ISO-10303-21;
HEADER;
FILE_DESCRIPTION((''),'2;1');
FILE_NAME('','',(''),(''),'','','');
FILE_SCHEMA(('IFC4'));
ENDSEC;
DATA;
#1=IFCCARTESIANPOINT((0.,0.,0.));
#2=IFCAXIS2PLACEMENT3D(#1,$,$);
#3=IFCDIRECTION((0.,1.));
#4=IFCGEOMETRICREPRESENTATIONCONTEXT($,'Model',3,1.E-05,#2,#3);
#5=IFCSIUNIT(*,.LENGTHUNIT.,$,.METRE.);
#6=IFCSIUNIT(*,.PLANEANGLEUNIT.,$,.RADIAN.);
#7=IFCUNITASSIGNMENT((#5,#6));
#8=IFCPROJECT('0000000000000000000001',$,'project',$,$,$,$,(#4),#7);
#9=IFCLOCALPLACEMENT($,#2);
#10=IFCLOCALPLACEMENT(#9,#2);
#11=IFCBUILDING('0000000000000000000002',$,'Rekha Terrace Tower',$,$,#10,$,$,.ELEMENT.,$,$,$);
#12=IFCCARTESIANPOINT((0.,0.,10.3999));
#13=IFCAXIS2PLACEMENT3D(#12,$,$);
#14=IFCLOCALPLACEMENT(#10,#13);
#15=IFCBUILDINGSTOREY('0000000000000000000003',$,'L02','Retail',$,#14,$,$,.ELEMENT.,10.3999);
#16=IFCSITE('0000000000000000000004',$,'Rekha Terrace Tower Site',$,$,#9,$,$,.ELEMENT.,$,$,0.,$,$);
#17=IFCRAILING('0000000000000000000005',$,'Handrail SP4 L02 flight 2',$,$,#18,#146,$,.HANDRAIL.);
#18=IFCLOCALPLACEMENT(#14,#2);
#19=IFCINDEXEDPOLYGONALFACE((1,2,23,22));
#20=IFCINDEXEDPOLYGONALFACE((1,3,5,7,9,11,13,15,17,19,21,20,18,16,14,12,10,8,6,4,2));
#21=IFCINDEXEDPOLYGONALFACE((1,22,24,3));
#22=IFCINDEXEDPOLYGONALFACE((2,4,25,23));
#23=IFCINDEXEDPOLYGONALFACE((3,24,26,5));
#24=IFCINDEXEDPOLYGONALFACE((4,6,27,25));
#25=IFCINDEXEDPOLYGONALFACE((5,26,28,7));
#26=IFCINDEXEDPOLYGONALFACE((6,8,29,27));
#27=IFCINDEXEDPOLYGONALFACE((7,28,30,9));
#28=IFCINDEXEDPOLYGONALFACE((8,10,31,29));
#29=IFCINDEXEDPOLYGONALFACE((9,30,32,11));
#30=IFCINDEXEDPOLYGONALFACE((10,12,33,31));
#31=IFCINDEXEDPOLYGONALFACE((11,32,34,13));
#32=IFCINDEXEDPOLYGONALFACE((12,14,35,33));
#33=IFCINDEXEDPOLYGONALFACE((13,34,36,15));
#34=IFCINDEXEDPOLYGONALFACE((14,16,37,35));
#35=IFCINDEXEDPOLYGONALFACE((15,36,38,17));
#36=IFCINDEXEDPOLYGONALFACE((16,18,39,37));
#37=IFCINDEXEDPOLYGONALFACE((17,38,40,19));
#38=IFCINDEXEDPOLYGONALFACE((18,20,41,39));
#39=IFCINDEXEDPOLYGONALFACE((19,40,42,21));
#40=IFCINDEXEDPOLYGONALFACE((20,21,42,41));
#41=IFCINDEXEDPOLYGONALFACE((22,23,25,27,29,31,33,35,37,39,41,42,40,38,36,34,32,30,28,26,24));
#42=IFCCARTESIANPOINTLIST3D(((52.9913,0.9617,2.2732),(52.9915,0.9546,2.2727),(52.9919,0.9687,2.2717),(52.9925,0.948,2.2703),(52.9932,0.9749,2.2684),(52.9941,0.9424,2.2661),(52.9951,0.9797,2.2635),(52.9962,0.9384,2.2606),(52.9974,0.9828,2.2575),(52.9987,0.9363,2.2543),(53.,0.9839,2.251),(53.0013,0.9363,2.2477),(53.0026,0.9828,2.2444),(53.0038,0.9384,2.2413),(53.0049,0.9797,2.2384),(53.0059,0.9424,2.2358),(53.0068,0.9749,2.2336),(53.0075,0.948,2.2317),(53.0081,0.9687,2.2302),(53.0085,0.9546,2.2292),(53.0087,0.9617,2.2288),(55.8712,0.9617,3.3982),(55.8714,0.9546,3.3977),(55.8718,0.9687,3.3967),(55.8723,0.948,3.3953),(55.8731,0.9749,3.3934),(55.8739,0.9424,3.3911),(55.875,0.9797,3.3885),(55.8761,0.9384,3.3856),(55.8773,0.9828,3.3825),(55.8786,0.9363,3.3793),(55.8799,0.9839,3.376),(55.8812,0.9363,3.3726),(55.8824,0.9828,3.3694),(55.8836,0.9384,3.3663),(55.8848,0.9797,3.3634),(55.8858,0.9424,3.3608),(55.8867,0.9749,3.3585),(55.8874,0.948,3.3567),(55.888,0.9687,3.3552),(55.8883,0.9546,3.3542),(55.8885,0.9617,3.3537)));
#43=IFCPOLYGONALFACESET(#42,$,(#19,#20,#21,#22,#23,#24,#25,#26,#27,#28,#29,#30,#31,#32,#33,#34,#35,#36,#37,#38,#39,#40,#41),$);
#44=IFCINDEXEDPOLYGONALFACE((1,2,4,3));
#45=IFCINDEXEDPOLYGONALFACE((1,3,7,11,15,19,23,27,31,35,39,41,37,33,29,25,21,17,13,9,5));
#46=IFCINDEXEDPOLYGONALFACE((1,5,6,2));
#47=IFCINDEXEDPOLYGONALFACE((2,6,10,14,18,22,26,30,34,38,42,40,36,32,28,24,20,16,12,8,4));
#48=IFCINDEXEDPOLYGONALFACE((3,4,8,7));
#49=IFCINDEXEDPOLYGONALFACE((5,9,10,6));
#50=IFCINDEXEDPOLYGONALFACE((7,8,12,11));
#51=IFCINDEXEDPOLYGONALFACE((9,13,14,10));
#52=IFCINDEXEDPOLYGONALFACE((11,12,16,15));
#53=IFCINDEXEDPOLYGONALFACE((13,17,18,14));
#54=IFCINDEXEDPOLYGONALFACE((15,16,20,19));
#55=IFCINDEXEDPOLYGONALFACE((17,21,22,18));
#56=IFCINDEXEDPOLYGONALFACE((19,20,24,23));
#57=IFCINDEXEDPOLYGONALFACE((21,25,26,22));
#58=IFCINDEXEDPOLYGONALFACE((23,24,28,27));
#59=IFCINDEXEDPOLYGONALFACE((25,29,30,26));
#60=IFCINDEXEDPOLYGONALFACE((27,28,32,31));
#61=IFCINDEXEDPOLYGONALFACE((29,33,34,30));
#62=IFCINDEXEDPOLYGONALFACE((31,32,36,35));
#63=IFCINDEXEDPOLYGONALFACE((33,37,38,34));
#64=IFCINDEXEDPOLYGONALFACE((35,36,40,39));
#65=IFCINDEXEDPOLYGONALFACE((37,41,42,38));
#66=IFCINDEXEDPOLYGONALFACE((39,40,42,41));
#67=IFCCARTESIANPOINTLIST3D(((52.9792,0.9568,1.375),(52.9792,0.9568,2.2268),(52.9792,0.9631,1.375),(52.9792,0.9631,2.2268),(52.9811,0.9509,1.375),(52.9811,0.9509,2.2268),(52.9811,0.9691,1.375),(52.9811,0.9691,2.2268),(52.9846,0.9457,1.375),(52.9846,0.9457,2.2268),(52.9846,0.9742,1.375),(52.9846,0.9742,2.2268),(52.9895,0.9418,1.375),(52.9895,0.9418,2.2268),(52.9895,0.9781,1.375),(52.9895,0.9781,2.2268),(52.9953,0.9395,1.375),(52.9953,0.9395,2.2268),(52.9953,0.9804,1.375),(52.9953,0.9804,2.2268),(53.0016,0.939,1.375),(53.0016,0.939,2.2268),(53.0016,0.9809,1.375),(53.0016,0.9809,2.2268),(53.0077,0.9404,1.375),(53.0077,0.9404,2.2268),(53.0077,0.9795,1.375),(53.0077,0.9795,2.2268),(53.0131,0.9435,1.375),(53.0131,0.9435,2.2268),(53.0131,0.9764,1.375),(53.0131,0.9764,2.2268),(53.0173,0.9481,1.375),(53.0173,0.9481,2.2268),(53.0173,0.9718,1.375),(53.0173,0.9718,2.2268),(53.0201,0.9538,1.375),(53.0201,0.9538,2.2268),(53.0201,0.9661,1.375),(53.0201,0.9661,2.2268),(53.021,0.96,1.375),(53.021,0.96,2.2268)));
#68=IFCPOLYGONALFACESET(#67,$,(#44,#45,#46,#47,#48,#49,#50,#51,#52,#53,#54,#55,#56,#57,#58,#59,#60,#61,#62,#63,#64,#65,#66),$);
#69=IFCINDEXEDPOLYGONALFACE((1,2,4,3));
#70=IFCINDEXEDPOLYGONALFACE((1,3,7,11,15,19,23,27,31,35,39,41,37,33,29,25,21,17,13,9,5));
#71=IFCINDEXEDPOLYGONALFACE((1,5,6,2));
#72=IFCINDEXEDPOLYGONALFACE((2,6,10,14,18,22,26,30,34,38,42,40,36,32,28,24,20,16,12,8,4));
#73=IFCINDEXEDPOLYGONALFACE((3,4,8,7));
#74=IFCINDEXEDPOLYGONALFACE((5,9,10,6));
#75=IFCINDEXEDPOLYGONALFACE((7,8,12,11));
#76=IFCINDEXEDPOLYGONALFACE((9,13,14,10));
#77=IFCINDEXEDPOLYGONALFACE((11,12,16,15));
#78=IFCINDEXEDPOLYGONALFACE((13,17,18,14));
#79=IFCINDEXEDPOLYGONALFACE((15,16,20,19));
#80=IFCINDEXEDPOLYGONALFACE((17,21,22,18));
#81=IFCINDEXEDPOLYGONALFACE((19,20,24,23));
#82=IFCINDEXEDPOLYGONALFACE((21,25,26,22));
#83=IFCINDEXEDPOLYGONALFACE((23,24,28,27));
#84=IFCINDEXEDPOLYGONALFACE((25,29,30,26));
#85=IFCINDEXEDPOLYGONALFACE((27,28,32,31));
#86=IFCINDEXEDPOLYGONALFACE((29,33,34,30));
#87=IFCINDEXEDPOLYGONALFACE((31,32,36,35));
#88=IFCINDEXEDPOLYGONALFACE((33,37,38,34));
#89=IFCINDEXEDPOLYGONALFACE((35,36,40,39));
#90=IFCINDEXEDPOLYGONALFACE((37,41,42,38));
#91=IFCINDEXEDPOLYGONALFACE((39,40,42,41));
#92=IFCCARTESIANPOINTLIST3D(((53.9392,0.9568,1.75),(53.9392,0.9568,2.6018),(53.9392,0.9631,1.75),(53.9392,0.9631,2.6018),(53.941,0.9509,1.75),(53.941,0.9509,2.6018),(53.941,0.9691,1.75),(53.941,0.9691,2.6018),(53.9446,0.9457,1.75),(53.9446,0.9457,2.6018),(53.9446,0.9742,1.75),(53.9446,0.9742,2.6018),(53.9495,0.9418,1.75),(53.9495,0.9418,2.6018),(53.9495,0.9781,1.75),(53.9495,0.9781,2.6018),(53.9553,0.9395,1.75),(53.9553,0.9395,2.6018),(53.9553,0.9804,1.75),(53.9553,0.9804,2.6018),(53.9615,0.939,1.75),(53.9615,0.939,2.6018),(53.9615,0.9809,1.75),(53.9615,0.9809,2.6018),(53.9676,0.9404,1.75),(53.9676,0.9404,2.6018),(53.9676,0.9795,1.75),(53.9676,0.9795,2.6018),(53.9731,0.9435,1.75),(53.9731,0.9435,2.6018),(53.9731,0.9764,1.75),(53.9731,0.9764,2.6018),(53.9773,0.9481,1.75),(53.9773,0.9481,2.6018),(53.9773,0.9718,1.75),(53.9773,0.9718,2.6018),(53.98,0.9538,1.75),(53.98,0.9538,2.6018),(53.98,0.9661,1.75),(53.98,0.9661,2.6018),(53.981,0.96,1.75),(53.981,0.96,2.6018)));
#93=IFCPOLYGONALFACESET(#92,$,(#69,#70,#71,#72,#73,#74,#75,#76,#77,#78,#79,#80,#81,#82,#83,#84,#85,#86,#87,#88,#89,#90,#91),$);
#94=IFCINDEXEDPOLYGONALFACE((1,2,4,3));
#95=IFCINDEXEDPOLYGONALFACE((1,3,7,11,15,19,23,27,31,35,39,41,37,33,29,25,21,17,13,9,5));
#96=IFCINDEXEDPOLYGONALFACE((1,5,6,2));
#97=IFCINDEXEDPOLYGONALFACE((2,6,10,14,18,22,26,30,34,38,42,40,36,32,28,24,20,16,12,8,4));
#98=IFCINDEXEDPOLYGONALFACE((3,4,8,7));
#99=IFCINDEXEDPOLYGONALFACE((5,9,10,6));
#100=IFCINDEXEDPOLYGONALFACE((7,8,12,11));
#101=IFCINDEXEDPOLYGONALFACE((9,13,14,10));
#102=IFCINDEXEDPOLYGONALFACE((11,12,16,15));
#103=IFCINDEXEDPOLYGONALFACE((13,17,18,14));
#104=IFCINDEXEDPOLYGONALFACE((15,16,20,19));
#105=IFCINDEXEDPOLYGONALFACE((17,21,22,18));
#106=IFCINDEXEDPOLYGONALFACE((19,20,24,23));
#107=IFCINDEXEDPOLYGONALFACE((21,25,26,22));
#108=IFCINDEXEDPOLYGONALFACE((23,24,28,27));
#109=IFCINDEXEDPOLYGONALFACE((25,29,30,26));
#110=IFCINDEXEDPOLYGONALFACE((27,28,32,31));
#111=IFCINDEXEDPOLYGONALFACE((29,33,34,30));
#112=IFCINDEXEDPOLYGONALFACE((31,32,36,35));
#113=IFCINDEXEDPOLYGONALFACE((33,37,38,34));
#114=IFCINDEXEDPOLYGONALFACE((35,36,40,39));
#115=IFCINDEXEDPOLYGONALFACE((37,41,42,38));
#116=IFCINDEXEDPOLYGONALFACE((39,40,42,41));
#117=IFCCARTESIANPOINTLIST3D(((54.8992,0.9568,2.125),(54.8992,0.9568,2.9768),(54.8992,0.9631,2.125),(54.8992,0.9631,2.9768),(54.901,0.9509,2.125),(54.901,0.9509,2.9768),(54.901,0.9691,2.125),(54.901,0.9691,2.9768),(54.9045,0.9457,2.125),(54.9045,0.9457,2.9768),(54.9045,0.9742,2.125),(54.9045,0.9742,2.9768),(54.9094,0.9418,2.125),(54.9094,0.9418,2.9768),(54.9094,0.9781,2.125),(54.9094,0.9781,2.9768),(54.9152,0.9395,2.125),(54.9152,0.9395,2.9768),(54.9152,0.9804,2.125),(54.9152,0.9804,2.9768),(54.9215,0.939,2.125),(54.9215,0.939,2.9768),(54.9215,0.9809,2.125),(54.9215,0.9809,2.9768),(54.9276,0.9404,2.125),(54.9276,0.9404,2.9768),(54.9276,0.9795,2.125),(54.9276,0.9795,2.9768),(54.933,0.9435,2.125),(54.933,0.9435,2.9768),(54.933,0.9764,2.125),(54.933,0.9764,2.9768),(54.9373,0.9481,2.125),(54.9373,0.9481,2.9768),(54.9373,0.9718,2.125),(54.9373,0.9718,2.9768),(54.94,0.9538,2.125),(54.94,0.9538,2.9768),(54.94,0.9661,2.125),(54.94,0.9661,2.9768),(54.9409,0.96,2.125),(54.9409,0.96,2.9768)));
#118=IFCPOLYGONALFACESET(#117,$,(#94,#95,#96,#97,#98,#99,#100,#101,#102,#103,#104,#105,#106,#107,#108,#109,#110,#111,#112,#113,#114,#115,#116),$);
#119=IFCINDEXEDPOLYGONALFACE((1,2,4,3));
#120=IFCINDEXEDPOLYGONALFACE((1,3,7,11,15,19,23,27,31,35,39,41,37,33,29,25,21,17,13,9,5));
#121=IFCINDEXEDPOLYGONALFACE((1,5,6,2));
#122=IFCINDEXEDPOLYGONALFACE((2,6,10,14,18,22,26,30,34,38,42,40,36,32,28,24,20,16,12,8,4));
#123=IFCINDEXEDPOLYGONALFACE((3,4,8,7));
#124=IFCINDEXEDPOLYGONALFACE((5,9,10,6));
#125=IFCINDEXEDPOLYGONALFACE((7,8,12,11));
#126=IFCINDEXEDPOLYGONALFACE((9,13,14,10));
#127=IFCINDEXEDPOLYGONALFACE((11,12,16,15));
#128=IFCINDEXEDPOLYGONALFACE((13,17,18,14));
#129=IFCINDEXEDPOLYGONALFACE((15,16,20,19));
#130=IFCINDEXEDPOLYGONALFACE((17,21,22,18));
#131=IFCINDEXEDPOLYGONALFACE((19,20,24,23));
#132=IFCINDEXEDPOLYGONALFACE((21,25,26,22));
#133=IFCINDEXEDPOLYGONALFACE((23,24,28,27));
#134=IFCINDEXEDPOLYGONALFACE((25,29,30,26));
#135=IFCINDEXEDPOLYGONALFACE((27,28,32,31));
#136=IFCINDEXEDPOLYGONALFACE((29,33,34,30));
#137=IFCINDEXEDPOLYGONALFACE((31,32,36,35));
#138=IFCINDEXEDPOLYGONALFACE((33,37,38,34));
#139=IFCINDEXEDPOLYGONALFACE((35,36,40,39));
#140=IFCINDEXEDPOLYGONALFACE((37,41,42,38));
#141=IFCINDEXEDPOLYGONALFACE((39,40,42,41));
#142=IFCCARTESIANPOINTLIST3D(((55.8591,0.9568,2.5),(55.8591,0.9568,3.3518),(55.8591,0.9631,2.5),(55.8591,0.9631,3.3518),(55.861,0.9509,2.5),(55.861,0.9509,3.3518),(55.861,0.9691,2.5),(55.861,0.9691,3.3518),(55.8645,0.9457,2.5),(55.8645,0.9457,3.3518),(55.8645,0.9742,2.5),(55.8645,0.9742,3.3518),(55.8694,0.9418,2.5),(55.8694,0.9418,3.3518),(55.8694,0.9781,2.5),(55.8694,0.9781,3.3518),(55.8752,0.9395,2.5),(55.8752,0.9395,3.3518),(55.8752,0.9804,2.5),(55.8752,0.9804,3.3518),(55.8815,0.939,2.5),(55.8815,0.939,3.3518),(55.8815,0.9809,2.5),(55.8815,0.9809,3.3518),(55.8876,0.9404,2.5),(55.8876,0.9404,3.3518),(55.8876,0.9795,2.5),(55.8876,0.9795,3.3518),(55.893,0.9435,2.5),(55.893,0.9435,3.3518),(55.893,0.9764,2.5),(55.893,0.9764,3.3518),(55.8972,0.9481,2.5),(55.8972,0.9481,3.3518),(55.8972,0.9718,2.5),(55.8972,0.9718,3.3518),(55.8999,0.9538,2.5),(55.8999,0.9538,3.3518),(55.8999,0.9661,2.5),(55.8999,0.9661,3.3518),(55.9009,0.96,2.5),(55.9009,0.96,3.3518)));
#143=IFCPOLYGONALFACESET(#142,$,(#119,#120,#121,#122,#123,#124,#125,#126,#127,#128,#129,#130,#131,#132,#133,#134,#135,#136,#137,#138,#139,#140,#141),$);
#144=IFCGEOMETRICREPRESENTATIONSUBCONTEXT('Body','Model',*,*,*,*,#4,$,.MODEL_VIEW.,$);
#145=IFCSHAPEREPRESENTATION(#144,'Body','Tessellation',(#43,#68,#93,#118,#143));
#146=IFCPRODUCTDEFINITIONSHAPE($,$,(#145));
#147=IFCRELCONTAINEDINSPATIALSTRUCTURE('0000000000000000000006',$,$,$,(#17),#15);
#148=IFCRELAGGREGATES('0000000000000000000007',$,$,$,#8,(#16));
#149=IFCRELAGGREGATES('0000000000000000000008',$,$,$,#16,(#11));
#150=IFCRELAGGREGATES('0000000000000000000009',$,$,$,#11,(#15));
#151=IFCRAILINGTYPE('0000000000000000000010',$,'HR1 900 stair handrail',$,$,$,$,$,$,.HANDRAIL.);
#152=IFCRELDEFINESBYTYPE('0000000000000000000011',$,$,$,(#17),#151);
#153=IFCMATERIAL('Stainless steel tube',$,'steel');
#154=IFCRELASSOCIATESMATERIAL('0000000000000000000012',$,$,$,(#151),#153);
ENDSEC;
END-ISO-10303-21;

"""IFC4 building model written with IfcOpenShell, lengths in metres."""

from ifc_helpers import new_model, si_unit, direction, frame, origin, origin_2d, place, context, subcontext, project, spatial, circle, extrude, material, type_object, element, save


model = new_model("IFC4")

# Units and contexts
model_context = context("Model", 3, precision=1e-05, world=origin(), true_north=direction((0.0, 1.0)))
body_context = subcontext(model_context, "Body", "Model", "MODEL_VIEW")
ifc_project = project(units=[si_unit("LENGTHUNIT", "METRE"), si_unit("PLANEANGLEUNIT", "RADIAN")], contexts=[model_context])

# Site, building, storey
site_placement = place(None, origin())
site = spatial("IfcSite", under=ifc_project, at=site_placement, Name="Rekha Terrace Tower Site", CompositionType="ELEMENT", RefElevation=0.0)
building_placement = place(site_placement, origin())
building = spatial("IfcBuilding", under=site, at=building_placement, Name="Rekha Terrace Tower", CompositionType="ELEMENT")
storey_placement = place(building_placement, frame((0.0, 0.0, 10.3999)))
storey = spatial("IfcBuildingStorey", under=building, at=storey_placement, Name="L02", Description="Retail", CompositionType="ELEMENT", Elevation=10.3999)

# Railing
ifc_material_1 = material(Name="Stainless steel tube", Category="steel")
railing_type_1 = type_object("IfcRailingType", Name="HR1 900 stair handrail", PredefinedType="HANDRAIL", material=ifc_material_1)
railing_1_placement = place(storey_placement, frame((53.0, 0.96, 1.375)))
element("IfcRailing", 1, at=railing_1_placement, inside=storey, type_object=railing_type_1, Name="Handrail SP4 L02 flight 2", PredefinedType="HANDRAIL", context=body_context, shape_type="SweptSolid", body=[
    extrude(circle(Radius=0.0239, at=origin_2d()), frame((0.0, 0.0, 0.876), z_axis=(0.931452, 0.0, 0.363863), x_axis=(0.0, 1.0, 0.0)), (0.0, 0.0, 1.0), 3.0918),
    extrude(circle(Radius=0.021, at=origin_2d()), origin(), (0.0, 0.0, 1.0), 0.8518),
    extrude(circle(Radius=0.021, at=origin_2d()), frame((0.96, 0.0, 0.375)), (0.0, 0.0, 1.0), 0.8518),
    extrude(circle(Radius=0.021, at=origin_2d()), frame((1.9199, 0.0, 0.75)), (0.0, 0.0, 1.0), 0.8518),
    extrude(circle(Radius=0.021, at=origin_2d()), frame((2.8799, 0.0, 1.125)), (0.0, 0.0, 1.0), 0.8518),
])

save(model, "model.ifc")
